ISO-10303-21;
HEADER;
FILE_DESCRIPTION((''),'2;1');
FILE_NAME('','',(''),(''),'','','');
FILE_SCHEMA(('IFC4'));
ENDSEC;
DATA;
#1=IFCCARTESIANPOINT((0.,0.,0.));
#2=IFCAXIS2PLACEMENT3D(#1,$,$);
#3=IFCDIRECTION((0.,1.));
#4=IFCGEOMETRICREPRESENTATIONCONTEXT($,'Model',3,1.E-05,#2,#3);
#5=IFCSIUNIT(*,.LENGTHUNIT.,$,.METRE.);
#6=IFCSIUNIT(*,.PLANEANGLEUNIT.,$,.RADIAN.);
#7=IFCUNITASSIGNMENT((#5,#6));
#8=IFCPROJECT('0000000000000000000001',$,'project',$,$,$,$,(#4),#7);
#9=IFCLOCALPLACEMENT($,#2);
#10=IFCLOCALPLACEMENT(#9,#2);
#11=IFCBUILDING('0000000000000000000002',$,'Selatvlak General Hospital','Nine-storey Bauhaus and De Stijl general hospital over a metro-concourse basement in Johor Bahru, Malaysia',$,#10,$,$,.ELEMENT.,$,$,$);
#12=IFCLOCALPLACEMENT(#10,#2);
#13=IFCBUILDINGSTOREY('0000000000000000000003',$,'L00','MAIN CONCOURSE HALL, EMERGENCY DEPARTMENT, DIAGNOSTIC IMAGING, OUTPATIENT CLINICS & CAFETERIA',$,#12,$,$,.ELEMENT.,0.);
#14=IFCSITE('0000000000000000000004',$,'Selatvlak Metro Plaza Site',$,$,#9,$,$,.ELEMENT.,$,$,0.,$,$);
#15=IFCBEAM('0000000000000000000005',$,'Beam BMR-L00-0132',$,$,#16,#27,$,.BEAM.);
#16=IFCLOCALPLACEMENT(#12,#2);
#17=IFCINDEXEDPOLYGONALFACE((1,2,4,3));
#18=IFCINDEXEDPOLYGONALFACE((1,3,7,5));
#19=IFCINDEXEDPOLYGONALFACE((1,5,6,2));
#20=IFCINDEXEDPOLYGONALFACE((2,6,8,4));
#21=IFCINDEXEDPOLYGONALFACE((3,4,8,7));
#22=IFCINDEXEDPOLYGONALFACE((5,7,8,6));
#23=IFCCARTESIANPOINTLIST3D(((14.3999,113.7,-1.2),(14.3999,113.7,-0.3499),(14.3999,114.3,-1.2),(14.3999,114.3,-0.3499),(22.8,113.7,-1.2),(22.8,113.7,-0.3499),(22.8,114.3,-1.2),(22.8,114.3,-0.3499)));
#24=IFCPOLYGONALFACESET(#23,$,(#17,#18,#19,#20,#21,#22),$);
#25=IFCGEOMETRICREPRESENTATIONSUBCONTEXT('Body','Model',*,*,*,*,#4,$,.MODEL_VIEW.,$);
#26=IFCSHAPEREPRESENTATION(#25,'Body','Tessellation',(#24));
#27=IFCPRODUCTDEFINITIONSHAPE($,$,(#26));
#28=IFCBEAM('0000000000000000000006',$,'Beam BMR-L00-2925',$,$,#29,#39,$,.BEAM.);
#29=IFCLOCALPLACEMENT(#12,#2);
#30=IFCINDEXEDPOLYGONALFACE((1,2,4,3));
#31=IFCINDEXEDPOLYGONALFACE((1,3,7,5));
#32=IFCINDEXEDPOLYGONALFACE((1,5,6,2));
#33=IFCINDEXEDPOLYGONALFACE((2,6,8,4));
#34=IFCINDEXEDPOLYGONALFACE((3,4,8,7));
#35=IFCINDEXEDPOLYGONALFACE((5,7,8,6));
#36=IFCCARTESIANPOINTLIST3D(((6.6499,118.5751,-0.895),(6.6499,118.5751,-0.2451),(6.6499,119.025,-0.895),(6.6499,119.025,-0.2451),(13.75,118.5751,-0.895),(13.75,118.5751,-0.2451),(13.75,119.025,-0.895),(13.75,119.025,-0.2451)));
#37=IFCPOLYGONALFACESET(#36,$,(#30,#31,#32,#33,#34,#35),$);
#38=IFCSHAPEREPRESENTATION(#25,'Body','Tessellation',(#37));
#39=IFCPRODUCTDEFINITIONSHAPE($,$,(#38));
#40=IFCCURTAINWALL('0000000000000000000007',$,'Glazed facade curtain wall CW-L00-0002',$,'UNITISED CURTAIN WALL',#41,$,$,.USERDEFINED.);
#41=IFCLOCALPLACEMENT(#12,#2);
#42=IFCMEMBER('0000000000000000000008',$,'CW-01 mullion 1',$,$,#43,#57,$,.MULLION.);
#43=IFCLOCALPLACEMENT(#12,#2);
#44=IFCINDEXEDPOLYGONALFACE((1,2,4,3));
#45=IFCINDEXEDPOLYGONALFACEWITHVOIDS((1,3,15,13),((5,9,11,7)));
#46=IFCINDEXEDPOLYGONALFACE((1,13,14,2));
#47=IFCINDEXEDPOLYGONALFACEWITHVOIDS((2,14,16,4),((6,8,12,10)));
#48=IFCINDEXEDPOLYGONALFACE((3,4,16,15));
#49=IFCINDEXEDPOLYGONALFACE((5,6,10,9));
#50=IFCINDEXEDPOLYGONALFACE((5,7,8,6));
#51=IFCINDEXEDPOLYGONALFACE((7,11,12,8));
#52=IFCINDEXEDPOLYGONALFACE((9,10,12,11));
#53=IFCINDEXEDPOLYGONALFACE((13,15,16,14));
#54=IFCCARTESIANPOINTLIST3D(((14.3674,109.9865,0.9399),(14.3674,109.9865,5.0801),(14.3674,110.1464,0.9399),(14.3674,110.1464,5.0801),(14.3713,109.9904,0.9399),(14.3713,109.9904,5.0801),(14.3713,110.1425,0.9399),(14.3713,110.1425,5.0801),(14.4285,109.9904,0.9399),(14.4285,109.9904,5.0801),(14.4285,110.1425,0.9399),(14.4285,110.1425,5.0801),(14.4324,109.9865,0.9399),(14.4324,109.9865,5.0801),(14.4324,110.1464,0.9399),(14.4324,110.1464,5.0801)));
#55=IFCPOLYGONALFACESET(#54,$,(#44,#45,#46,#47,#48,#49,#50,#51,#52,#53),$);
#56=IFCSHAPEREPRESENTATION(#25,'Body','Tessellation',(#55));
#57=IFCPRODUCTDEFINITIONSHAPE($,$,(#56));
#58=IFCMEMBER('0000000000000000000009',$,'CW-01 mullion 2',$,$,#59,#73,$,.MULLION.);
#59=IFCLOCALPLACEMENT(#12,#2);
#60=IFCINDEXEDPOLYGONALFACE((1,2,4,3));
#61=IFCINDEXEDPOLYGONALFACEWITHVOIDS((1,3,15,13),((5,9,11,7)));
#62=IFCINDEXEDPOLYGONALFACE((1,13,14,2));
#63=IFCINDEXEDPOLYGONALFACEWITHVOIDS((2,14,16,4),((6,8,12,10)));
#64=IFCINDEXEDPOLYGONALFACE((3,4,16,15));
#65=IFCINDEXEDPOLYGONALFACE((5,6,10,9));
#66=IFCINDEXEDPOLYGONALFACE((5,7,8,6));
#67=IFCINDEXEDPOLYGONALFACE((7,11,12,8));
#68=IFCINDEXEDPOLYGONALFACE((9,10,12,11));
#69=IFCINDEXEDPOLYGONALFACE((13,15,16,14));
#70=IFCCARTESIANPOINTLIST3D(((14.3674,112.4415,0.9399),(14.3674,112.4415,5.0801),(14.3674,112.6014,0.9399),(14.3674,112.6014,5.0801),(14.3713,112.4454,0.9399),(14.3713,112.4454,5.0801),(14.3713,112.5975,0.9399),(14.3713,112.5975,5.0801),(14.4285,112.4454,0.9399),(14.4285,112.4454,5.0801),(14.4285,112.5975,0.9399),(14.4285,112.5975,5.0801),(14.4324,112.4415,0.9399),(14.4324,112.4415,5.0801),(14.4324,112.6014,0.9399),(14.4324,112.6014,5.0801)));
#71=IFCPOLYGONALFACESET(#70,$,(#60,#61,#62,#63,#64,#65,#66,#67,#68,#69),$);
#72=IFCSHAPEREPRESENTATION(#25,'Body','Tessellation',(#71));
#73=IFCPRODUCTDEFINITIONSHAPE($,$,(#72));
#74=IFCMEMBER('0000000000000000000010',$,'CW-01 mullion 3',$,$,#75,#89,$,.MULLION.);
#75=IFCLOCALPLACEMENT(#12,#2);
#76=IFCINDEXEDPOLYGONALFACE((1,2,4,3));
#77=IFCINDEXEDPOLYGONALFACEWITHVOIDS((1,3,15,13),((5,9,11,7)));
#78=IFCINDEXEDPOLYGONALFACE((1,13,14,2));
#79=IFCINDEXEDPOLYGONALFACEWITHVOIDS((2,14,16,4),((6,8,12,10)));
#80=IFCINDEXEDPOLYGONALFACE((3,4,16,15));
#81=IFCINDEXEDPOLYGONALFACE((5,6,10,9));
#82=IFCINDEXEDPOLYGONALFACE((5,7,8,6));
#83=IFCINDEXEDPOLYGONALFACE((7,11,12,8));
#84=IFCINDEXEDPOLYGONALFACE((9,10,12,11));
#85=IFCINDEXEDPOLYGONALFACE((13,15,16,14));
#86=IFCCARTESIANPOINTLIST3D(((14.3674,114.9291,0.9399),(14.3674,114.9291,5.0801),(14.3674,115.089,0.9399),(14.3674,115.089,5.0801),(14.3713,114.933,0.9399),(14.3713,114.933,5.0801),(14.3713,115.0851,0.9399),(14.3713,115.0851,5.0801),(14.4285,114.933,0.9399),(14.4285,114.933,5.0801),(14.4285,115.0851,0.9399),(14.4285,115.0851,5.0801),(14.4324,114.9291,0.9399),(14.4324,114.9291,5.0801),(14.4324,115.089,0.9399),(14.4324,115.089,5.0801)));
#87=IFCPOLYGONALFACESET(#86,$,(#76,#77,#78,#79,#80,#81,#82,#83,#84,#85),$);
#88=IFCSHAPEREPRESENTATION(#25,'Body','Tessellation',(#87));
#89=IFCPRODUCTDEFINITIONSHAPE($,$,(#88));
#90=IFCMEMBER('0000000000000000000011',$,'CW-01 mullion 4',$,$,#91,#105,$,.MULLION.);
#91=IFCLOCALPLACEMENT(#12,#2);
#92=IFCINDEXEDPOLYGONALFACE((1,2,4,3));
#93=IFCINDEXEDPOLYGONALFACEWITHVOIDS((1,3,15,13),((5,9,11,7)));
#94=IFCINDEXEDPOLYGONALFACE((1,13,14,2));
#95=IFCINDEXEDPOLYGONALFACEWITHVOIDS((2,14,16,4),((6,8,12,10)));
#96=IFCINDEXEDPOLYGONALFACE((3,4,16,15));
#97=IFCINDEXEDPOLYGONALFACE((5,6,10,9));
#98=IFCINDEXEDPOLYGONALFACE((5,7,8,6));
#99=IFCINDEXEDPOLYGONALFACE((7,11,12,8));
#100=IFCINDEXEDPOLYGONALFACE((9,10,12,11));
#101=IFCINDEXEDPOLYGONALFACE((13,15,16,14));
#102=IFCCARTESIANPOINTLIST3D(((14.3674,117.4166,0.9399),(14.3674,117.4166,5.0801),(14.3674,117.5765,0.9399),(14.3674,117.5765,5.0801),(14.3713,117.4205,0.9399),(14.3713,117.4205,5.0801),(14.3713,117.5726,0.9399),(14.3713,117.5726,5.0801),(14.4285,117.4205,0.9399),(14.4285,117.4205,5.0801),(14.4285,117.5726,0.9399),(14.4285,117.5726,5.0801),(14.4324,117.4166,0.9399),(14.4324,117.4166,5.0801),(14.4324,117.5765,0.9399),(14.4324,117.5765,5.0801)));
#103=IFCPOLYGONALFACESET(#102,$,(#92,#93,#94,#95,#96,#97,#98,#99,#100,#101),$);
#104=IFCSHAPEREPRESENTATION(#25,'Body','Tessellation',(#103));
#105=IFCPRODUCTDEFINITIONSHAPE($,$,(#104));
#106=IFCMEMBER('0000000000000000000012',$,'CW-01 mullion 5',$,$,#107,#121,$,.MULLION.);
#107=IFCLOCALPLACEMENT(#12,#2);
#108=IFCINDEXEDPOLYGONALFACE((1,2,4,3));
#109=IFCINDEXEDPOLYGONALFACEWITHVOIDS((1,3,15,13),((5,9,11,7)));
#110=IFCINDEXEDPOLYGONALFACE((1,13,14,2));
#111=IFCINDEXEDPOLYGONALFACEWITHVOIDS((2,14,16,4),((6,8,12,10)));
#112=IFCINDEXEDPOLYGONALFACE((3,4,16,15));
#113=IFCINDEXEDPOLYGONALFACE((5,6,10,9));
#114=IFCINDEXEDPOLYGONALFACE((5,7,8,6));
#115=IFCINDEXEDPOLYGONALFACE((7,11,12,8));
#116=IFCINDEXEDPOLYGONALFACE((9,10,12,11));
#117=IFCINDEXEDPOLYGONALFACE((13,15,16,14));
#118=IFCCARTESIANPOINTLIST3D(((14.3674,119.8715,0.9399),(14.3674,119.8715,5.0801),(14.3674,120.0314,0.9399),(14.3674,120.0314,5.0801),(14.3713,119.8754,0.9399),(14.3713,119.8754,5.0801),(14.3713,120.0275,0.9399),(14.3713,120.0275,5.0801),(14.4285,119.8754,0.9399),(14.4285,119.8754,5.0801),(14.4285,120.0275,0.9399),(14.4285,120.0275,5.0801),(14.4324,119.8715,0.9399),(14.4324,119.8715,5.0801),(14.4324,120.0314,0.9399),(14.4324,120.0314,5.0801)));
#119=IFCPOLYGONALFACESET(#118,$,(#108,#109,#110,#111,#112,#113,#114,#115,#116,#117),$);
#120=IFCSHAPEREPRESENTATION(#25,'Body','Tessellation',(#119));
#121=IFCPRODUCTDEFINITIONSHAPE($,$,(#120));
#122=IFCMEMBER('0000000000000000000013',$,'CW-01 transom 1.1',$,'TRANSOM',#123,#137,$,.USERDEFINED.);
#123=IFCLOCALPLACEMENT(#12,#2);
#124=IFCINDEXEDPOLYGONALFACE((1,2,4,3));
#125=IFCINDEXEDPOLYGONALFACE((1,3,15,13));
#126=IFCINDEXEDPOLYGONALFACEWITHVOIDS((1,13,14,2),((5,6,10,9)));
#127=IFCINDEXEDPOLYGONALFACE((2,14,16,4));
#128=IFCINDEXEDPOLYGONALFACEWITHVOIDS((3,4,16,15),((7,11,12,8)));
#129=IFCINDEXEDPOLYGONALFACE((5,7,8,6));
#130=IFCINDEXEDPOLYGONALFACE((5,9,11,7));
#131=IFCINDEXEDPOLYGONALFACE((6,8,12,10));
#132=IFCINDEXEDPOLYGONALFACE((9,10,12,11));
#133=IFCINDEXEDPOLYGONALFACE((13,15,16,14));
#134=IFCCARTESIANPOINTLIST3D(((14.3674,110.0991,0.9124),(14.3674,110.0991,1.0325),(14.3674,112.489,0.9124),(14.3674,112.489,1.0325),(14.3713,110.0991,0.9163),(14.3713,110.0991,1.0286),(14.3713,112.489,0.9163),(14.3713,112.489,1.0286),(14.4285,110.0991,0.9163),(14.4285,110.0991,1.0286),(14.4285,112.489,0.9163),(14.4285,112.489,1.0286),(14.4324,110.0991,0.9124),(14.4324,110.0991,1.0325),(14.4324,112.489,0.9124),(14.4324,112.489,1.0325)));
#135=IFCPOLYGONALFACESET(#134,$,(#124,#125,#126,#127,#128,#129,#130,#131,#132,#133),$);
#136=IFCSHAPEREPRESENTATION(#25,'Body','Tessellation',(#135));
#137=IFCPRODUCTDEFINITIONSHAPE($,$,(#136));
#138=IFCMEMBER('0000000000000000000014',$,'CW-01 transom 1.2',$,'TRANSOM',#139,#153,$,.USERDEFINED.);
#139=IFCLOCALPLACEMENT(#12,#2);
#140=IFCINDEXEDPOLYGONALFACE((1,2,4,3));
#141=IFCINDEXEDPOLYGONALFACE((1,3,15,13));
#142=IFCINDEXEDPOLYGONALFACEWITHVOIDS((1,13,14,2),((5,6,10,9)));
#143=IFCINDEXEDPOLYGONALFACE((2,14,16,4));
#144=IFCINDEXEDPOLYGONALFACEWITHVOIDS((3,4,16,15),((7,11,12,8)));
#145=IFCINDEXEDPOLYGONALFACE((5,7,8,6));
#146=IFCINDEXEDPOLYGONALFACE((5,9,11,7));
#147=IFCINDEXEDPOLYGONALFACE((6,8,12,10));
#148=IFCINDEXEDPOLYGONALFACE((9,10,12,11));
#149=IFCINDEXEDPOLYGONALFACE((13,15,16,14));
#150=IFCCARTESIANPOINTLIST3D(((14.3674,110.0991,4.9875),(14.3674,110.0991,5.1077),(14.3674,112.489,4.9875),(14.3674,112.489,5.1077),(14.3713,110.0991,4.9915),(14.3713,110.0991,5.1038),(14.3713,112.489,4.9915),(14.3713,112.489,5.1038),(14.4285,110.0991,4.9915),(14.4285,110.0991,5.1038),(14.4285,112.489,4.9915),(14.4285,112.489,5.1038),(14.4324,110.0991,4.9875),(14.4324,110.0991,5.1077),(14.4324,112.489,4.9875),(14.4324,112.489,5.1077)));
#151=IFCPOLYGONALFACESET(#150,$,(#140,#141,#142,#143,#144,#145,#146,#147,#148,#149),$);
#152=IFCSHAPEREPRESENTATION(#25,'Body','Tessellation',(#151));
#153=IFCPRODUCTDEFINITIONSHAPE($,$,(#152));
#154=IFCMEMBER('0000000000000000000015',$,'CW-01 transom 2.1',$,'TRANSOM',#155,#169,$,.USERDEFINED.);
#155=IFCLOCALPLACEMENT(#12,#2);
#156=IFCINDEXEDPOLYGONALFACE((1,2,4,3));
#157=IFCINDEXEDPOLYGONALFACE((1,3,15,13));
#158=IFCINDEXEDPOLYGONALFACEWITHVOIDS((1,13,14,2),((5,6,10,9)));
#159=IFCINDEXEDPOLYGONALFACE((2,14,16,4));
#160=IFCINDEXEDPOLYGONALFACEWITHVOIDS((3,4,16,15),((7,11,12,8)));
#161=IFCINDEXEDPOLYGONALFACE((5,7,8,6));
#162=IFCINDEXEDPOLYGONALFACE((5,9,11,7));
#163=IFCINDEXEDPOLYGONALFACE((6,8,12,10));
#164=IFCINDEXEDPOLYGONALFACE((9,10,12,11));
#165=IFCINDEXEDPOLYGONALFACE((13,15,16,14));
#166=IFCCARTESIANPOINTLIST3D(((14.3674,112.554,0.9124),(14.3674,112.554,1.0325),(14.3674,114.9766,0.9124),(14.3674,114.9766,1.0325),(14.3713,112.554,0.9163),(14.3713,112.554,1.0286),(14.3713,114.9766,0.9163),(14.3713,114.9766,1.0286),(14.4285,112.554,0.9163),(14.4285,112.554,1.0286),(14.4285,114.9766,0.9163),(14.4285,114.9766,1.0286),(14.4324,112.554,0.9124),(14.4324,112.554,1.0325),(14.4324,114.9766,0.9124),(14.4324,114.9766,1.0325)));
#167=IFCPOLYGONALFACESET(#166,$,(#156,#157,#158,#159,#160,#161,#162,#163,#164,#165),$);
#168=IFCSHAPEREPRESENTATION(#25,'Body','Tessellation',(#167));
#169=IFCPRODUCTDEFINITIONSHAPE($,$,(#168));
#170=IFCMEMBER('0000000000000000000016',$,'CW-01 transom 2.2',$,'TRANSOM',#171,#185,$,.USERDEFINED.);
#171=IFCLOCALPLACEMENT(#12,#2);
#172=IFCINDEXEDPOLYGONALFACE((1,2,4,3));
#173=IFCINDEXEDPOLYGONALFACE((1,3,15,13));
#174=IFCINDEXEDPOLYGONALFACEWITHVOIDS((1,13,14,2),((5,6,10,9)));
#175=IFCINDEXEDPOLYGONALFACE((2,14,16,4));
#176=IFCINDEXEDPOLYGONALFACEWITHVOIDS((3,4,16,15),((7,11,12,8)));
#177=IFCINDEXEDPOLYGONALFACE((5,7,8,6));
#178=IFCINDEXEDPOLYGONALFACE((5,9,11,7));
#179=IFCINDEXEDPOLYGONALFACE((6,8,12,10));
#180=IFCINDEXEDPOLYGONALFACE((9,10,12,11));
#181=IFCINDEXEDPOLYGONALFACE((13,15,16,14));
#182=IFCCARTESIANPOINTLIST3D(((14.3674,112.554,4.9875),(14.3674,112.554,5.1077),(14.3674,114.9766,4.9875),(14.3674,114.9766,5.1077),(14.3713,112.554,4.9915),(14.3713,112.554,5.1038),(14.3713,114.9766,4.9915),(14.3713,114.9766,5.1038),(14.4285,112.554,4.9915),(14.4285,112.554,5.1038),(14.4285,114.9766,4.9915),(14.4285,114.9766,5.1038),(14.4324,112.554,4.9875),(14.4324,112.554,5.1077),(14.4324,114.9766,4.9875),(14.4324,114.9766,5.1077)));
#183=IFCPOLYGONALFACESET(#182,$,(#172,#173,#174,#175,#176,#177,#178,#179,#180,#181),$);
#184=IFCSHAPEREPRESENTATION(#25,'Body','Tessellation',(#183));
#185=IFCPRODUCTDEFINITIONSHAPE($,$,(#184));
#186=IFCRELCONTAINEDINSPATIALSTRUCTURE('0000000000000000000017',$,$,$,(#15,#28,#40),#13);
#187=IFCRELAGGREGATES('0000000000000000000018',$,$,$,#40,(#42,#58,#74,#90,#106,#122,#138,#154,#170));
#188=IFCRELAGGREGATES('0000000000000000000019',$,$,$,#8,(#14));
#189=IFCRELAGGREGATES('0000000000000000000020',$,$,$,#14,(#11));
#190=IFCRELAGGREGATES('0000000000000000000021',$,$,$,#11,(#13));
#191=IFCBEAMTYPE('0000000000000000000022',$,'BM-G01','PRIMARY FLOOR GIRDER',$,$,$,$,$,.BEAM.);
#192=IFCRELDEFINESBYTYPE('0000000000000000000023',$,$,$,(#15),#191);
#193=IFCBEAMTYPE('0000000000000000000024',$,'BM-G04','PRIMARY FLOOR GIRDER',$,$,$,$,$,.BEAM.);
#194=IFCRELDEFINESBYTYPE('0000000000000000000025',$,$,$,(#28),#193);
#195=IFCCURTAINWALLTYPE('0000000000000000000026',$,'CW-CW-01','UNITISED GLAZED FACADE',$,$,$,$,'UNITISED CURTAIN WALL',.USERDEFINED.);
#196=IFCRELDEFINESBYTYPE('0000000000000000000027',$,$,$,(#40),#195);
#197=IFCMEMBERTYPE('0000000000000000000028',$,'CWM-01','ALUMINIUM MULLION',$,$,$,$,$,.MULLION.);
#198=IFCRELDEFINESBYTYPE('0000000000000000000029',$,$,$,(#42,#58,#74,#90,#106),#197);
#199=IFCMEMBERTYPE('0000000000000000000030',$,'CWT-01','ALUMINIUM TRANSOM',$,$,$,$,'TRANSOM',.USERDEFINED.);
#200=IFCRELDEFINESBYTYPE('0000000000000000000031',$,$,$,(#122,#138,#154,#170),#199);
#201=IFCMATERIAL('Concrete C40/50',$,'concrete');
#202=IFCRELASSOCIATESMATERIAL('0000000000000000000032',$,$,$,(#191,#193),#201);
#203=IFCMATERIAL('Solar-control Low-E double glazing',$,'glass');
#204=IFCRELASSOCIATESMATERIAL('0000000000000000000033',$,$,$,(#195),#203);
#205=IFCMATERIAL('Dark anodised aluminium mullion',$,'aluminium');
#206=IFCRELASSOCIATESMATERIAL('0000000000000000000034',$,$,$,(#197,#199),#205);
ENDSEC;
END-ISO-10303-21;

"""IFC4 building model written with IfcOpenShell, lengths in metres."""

from ifc_helpers import new_model, si_unit, direction, frame, origin, origin_2d, place, context, subcontext, project, spatial, rectangle, hollow_rectangle, extrude, material, material_profile, profile_set, type_object, element, aggregate, save


model = new_model("IFC4")

# Units and contexts
model_context = context("Model", 3, precision=1e-05, world=origin(), true_north=direction((0.0, 1.0)))
body_context = subcontext(model_context, "Body", "Model", "MODEL_VIEW")
ifc_project = project(units=[si_unit("LENGTHUNIT", "METRE"), si_unit("PLANEANGLEUNIT", "RADIAN")], contexts=[model_context])

# Site, building, storey
site_placement = place(None, origin())
site = spatial("IfcSite", under=ifc_project, at=site_placement, Name="Selatvlak Metro Plaza Site", CompositionType="ELEMENT", RefElevation=0.0)
building_placement = place(site_placement, origin())
building = spatial("IfcBuilding", under=site, at=building_placement, Name="Selatvlak General Hospital", Description="Nine-storey Bauhaus and De Stijl general hospital over a metro-concourse basement in Johor Bahru, Malaysia", CompositionType="ELEMENT")
storey_placement = place(building_placement, origin())
storey = spatial("IfcBuildingStorey", under=building, at=storey_placement, Name="L00", Description="MAIN CONCOURSE HALL, EMERGENCY DEPARTMENT, DIAGNOSTIC IMAGING, OUTPATIENT CLINICS & CAFETERIA", CompositionType="ELEMENT", Elevation=0.0)

# Beams
ifc_material_1 = material(Name="Concrete C40/50", Category="concrete")
ifc_material_profile_1 = material_profile(ifc_material_1, rectangle(XDim=0.6001, YDim=0.8501, at=origin_2d()), Name="RC-BM 600x850")
ifc_profile_set_1 = profile_set([ifc_material_profile_1], Name="Concrete C40/50")
beam_type_1 = type_object("IfcBeamType", Name="BM-G01", Description="PRIMARY FLOOR GIRDER", PredefinedType="BEAM", material=ifc_profile_set_1)
beam_1_placement = place(storey_placement, frame((14.3999, 114.0, -0.7749), z_axis=(1.0, 0.0, 0.0), x_axis=(0.0, 1.0, 0.0)))
element("IfcBeam", 1, at=beam_1_placement, inside=storey, type_object=beam_type_1, Name="Beam BMR-L00-0132", PredefinedType="BEAM", context=body_context, shape_type="SweptSolid", body=[
    extrude(rectangle(XDim=0.6001, YDim=0.8501, at=origin_2d()), origin(), (0.0, 0.0, 1.0), 8.4001),
])
ifc_material_profile_2 = material_profile(ifc_material_1, rectangle(XDim=0.45, YDim=0.6499, at=origin_2d()), Name="RC-BM 450x650")
ifc_profile_set_2 = profile_set([ifc_material_profile_2], Name="Concrete C40/50")
beam_type_2 = type_object("IfcBeamType", Name="BM-G04", Description="PRIMARY FLOOR GIRDER", PredefinedType="BEAM", material=ifc_profile_set_2)
beam_2_placement = place(storey_placement, frame((6.6499, 118.8, -0.5701), z_axis=(1.0, 0.0, 0.0), x_axis=(0.0, 1.0, 0.0)))
element("IfcBeam", 2, at=beam_2_placement, inside=storey, type_object=beam_type_2, Name="Beam BMR-L00-2925", PredefinedType="BEAM", context=body_context, shape_type="SweptSolid", body=[
    extrude(rectangle(XDim=0.45, YDim=0.6499, at=origin_2d()), origin(), (0.0, 0.0, 1.0), 7.1001),
])

# Curtain wall, members
ifc_material_2 = material(Name="Solar-control Low-E double glazing", Category="glass")
curtain_wall_type = type_object("IfcCurtainWallType", Name="CW-CW-01", Description="UNITISED GLAZED FACADE", ElementType="UNITISED CURTAIN WALL", PredefinedType="USERDEFINED", material=ifc_material_2)
curtain_wall_placement = place(storey_placement, origin())
curtain_wall = element("IfcCurtainWall", 3, at=curtain_wall_placement, inside=storey, type_object=curtain_wall_type, Name="Glazed facade curtain wall CW-L00-0002", ObjectType="UNITISED CURTAIN WALL", PredefinedType="USERDEFINED")
ifc_material_3 = material(Name="Dark anodised aluminium mullion", Category="aluminium")
ifc_material_profile_3 = material_profile(ifc_material_3, hollow_rectangle(XDim=0.0649, YDim=0.1599, WallThickness=0.0039, at=origin_2d()), Name="AL-MUL 65x160x4")
ifc_profile_set_3 = profile_set([ifc_material_profile_3], Name="Dark anodised aluminium mullion")
member_type_1 = type_object("IfcMemberType", Name="CWM-01", Description="ALUMINIUM MULLION", PredefinedType="MULLION", material=ifc_profile_set_3)
member_1_placement = place(storey_placement, frame((14.3999, 110.0664, 0.9399), z_axis=(0.0, 0.0, 1.0), x_axis=(-1.0, 0.0, 0.0)))
member_1 = element("IfcMember", 4, at=member_1_placement, type_object=member_type_1, Name="CW-01 mullion 1", PredefinedType="MULLION", context=body_context, shape_type="SweptSolid", body=[
    extrude(hollow_rectangle(XDim=0.0649, YDim=0.1599, WallThickness=0.0039, at=origin_2d()), origin(), (0.0, 0.0, 1.0), 4.1401),
])
member_2_placement = place(storey_placement, frame((14.3999, 112.5215, 0.9399), z_axis=(0.0, 0.0, 1.0), x_axis=(-1.0, 0.0, 0.0)))
member_2 = element("IfcMember", 5, at=member_2_placement, type_object=member_type_1, Name="CW-01 mullion 2", PredefinedType="MULLION", context=body_context, shape_type="SweptSolid", body=[
    extrude(hollow_rectangle(XDim=0.0649, YDim=0.1599, WallThickness=0.0039, at=origin_2d()), origin(), (0.0, 0.0, 1.0), 4.1401),
])
member_3_placement = place(storey_placement, frame((14.3999, 115.009, 0.9399), z_axis=(0.0, 0.0, 1.0), x_axis=(-1.0, 0.0, 0.0)))
member_3 = element("IfcMember", 6, at=member_3_placement, type_object=member_type_1, Name="CW-01 mullion 3", PredefinedType="MULLION", context=body_context, shape_type="SweptSolid", body=[
    extrude(hollow_rectangle(XDim=0.0649, YDim=0.1599, WallThickness=0.0039, at=origin_2d()), origin(), (0.0, 0.0, 1.0), 4.1401),
])
member_4_placement = place(storey_placement, frame((14.3999, 117.4966, 0.9399), z_axis=(0.0, 0.0, 1.0), x_axis=(-1.0, 0.0, 0.0)))
member_4 = element("IfcMember", 7, at=member_4_placement, type_object=member_type_1, Name="CW-01 mullion 4", PredefinedType="MULLION", context=body_context, shape_type="SweptSolid", body=[
    extrude(hollow_rectangle(XDim=0.0649, YDim=0.1599, WallThickness=0.0039, at=origin_2d()), origin(), (0.0, 0.0, 1.0), 4.1401),
])
member_5_placement = place(storey_placement, frame((14.3999, 119.9514, 0.9399), z_axis=(0.0, 0.0, 1.0), x_axis=(-1.0, 0.0, 0.0)))
member_5 = element("IfcMember", 8, at=member_5_placement, type_object=member_type_1, Name="CW-01 mullion 5", PredefinedType="MULLION", context=body_context, shape_type="SweptSolid", body=[
    extrude(hollow_rectangle(XDim=0.0649, YDim=0.1599, WallThickness=0.0039, at=origin_2d()), origin(), (0.0, 0.0, 1.0), 4.1401),
])
ifc_material_profile_4 = material_profile(ifc_material_3, hollow_rectangle(XDim=0.0649, YDim=0.1201, WallThickness=0.0039, at=origin_2d()), Name="AL-TRN 65x120x4")
ifc_profile_set_4 = profile_set([ifc_material_profile_4], Name="Dark anodised aluminium mullion")
member_type_2 = type_object("IfcMemberType", Name="CWT-01", Description="ALUMINIUM TRANSOM", ElementType="TRANSOM", PredefinedType="USERDEFINED", material=ifc_profile_set_4)
member_6_placement = place(storey_placement, frame((14.3999, 110.0991, 0.9724), z_axis=(0.0, 1.0, 0.0), x_axis=(-1.0, 0.0, 0.0)))
member_6 = element("IfcMember", 9, at=member_6_placement, type_object=member_type_2, Name="CW-01 transom 1.1", ObjectType="TRANSOM", PredefinedType="USERDEFINED", context=body_context, shape_type="SweptSolid", body=[
    extrude(hollow_rectangle(XDim=0.0649, YDim=0.1201, WallThickness=0.0039, at=origin_2d()), origin(), (0.0, 0.0, 1.0), 2.3899),
])
member_7_placement = place(storey_placement, frame((14.3999, 110.0991, 5.0476), z_axis=(0.0, 1.0, 0.0), x_axis=(-1.0, 0.0, 0.0)))
member_7 = element("IfcMember", 10, at=member_7_placement, type_object=member_type_2, Name="CW-01 transom 1.2", ObjectType="TRANSOM", PredefinedType="USERDEFINED", context=body_context, shape_type="SweptSolid", body=[
    extrude(hollow_rectangle(XDim=0.0649, YDim=0.1201, WallThickness=0.0039, at=origin_2d()), origin(), (0.0, 0.0, 1.0), 2.3899),
])
member_8_placement = place(storey_placement, frame((14.3999, 112.554, 0.9724), z_axis=(0.0, 1.0, 0.0), x_axis=(-1.0, 0.0, 0.0)))
member_8 = element("IfcMember", 11, at=member_8_placement, type_object=member_type_2, Name="CW-01 transom 2.1", ObjectType="TRANSOM", PredefinedType="USERDEFINED", context=body_context, shape_type="SweptSolid", body=[
    extrude(hollow_rectangle(XDim=0.0649, YDim=0.1201, WallThickness=0.0039, at=origin_2d()), origin(), (0.0, 0.0, 1.0), 2.4226),
])
member_9_placement = place(storey_placement, frame((14.3999, 112.554, 5.0476), z_axis=(0.0, 1.0, 0.0), x_axis=(-1.0, 0.0, 0.0)))
member_9 = element("IfcMember", 12, at=member_9_placement, type_object=member_type_2, Name="CW-01 transom 2.2", ObjectType="TRANSOM", PredefinedType="USERDEFINED", context=body_context, shape_type="SweptSolid", body=[
    extrude(hollow_rectangle(XDim=0.0649, YDim=0.1201, WallThickness=0.0039, at=origin_2d()), origin(), (0.0, 0.0, 1.0), 2.4226),
])
aggregate(curtain_wall, [member_1, member_2, member_3, member_4, member_5, member_6, member_7, member_8, member_9])

save(model, "model.ifc")
